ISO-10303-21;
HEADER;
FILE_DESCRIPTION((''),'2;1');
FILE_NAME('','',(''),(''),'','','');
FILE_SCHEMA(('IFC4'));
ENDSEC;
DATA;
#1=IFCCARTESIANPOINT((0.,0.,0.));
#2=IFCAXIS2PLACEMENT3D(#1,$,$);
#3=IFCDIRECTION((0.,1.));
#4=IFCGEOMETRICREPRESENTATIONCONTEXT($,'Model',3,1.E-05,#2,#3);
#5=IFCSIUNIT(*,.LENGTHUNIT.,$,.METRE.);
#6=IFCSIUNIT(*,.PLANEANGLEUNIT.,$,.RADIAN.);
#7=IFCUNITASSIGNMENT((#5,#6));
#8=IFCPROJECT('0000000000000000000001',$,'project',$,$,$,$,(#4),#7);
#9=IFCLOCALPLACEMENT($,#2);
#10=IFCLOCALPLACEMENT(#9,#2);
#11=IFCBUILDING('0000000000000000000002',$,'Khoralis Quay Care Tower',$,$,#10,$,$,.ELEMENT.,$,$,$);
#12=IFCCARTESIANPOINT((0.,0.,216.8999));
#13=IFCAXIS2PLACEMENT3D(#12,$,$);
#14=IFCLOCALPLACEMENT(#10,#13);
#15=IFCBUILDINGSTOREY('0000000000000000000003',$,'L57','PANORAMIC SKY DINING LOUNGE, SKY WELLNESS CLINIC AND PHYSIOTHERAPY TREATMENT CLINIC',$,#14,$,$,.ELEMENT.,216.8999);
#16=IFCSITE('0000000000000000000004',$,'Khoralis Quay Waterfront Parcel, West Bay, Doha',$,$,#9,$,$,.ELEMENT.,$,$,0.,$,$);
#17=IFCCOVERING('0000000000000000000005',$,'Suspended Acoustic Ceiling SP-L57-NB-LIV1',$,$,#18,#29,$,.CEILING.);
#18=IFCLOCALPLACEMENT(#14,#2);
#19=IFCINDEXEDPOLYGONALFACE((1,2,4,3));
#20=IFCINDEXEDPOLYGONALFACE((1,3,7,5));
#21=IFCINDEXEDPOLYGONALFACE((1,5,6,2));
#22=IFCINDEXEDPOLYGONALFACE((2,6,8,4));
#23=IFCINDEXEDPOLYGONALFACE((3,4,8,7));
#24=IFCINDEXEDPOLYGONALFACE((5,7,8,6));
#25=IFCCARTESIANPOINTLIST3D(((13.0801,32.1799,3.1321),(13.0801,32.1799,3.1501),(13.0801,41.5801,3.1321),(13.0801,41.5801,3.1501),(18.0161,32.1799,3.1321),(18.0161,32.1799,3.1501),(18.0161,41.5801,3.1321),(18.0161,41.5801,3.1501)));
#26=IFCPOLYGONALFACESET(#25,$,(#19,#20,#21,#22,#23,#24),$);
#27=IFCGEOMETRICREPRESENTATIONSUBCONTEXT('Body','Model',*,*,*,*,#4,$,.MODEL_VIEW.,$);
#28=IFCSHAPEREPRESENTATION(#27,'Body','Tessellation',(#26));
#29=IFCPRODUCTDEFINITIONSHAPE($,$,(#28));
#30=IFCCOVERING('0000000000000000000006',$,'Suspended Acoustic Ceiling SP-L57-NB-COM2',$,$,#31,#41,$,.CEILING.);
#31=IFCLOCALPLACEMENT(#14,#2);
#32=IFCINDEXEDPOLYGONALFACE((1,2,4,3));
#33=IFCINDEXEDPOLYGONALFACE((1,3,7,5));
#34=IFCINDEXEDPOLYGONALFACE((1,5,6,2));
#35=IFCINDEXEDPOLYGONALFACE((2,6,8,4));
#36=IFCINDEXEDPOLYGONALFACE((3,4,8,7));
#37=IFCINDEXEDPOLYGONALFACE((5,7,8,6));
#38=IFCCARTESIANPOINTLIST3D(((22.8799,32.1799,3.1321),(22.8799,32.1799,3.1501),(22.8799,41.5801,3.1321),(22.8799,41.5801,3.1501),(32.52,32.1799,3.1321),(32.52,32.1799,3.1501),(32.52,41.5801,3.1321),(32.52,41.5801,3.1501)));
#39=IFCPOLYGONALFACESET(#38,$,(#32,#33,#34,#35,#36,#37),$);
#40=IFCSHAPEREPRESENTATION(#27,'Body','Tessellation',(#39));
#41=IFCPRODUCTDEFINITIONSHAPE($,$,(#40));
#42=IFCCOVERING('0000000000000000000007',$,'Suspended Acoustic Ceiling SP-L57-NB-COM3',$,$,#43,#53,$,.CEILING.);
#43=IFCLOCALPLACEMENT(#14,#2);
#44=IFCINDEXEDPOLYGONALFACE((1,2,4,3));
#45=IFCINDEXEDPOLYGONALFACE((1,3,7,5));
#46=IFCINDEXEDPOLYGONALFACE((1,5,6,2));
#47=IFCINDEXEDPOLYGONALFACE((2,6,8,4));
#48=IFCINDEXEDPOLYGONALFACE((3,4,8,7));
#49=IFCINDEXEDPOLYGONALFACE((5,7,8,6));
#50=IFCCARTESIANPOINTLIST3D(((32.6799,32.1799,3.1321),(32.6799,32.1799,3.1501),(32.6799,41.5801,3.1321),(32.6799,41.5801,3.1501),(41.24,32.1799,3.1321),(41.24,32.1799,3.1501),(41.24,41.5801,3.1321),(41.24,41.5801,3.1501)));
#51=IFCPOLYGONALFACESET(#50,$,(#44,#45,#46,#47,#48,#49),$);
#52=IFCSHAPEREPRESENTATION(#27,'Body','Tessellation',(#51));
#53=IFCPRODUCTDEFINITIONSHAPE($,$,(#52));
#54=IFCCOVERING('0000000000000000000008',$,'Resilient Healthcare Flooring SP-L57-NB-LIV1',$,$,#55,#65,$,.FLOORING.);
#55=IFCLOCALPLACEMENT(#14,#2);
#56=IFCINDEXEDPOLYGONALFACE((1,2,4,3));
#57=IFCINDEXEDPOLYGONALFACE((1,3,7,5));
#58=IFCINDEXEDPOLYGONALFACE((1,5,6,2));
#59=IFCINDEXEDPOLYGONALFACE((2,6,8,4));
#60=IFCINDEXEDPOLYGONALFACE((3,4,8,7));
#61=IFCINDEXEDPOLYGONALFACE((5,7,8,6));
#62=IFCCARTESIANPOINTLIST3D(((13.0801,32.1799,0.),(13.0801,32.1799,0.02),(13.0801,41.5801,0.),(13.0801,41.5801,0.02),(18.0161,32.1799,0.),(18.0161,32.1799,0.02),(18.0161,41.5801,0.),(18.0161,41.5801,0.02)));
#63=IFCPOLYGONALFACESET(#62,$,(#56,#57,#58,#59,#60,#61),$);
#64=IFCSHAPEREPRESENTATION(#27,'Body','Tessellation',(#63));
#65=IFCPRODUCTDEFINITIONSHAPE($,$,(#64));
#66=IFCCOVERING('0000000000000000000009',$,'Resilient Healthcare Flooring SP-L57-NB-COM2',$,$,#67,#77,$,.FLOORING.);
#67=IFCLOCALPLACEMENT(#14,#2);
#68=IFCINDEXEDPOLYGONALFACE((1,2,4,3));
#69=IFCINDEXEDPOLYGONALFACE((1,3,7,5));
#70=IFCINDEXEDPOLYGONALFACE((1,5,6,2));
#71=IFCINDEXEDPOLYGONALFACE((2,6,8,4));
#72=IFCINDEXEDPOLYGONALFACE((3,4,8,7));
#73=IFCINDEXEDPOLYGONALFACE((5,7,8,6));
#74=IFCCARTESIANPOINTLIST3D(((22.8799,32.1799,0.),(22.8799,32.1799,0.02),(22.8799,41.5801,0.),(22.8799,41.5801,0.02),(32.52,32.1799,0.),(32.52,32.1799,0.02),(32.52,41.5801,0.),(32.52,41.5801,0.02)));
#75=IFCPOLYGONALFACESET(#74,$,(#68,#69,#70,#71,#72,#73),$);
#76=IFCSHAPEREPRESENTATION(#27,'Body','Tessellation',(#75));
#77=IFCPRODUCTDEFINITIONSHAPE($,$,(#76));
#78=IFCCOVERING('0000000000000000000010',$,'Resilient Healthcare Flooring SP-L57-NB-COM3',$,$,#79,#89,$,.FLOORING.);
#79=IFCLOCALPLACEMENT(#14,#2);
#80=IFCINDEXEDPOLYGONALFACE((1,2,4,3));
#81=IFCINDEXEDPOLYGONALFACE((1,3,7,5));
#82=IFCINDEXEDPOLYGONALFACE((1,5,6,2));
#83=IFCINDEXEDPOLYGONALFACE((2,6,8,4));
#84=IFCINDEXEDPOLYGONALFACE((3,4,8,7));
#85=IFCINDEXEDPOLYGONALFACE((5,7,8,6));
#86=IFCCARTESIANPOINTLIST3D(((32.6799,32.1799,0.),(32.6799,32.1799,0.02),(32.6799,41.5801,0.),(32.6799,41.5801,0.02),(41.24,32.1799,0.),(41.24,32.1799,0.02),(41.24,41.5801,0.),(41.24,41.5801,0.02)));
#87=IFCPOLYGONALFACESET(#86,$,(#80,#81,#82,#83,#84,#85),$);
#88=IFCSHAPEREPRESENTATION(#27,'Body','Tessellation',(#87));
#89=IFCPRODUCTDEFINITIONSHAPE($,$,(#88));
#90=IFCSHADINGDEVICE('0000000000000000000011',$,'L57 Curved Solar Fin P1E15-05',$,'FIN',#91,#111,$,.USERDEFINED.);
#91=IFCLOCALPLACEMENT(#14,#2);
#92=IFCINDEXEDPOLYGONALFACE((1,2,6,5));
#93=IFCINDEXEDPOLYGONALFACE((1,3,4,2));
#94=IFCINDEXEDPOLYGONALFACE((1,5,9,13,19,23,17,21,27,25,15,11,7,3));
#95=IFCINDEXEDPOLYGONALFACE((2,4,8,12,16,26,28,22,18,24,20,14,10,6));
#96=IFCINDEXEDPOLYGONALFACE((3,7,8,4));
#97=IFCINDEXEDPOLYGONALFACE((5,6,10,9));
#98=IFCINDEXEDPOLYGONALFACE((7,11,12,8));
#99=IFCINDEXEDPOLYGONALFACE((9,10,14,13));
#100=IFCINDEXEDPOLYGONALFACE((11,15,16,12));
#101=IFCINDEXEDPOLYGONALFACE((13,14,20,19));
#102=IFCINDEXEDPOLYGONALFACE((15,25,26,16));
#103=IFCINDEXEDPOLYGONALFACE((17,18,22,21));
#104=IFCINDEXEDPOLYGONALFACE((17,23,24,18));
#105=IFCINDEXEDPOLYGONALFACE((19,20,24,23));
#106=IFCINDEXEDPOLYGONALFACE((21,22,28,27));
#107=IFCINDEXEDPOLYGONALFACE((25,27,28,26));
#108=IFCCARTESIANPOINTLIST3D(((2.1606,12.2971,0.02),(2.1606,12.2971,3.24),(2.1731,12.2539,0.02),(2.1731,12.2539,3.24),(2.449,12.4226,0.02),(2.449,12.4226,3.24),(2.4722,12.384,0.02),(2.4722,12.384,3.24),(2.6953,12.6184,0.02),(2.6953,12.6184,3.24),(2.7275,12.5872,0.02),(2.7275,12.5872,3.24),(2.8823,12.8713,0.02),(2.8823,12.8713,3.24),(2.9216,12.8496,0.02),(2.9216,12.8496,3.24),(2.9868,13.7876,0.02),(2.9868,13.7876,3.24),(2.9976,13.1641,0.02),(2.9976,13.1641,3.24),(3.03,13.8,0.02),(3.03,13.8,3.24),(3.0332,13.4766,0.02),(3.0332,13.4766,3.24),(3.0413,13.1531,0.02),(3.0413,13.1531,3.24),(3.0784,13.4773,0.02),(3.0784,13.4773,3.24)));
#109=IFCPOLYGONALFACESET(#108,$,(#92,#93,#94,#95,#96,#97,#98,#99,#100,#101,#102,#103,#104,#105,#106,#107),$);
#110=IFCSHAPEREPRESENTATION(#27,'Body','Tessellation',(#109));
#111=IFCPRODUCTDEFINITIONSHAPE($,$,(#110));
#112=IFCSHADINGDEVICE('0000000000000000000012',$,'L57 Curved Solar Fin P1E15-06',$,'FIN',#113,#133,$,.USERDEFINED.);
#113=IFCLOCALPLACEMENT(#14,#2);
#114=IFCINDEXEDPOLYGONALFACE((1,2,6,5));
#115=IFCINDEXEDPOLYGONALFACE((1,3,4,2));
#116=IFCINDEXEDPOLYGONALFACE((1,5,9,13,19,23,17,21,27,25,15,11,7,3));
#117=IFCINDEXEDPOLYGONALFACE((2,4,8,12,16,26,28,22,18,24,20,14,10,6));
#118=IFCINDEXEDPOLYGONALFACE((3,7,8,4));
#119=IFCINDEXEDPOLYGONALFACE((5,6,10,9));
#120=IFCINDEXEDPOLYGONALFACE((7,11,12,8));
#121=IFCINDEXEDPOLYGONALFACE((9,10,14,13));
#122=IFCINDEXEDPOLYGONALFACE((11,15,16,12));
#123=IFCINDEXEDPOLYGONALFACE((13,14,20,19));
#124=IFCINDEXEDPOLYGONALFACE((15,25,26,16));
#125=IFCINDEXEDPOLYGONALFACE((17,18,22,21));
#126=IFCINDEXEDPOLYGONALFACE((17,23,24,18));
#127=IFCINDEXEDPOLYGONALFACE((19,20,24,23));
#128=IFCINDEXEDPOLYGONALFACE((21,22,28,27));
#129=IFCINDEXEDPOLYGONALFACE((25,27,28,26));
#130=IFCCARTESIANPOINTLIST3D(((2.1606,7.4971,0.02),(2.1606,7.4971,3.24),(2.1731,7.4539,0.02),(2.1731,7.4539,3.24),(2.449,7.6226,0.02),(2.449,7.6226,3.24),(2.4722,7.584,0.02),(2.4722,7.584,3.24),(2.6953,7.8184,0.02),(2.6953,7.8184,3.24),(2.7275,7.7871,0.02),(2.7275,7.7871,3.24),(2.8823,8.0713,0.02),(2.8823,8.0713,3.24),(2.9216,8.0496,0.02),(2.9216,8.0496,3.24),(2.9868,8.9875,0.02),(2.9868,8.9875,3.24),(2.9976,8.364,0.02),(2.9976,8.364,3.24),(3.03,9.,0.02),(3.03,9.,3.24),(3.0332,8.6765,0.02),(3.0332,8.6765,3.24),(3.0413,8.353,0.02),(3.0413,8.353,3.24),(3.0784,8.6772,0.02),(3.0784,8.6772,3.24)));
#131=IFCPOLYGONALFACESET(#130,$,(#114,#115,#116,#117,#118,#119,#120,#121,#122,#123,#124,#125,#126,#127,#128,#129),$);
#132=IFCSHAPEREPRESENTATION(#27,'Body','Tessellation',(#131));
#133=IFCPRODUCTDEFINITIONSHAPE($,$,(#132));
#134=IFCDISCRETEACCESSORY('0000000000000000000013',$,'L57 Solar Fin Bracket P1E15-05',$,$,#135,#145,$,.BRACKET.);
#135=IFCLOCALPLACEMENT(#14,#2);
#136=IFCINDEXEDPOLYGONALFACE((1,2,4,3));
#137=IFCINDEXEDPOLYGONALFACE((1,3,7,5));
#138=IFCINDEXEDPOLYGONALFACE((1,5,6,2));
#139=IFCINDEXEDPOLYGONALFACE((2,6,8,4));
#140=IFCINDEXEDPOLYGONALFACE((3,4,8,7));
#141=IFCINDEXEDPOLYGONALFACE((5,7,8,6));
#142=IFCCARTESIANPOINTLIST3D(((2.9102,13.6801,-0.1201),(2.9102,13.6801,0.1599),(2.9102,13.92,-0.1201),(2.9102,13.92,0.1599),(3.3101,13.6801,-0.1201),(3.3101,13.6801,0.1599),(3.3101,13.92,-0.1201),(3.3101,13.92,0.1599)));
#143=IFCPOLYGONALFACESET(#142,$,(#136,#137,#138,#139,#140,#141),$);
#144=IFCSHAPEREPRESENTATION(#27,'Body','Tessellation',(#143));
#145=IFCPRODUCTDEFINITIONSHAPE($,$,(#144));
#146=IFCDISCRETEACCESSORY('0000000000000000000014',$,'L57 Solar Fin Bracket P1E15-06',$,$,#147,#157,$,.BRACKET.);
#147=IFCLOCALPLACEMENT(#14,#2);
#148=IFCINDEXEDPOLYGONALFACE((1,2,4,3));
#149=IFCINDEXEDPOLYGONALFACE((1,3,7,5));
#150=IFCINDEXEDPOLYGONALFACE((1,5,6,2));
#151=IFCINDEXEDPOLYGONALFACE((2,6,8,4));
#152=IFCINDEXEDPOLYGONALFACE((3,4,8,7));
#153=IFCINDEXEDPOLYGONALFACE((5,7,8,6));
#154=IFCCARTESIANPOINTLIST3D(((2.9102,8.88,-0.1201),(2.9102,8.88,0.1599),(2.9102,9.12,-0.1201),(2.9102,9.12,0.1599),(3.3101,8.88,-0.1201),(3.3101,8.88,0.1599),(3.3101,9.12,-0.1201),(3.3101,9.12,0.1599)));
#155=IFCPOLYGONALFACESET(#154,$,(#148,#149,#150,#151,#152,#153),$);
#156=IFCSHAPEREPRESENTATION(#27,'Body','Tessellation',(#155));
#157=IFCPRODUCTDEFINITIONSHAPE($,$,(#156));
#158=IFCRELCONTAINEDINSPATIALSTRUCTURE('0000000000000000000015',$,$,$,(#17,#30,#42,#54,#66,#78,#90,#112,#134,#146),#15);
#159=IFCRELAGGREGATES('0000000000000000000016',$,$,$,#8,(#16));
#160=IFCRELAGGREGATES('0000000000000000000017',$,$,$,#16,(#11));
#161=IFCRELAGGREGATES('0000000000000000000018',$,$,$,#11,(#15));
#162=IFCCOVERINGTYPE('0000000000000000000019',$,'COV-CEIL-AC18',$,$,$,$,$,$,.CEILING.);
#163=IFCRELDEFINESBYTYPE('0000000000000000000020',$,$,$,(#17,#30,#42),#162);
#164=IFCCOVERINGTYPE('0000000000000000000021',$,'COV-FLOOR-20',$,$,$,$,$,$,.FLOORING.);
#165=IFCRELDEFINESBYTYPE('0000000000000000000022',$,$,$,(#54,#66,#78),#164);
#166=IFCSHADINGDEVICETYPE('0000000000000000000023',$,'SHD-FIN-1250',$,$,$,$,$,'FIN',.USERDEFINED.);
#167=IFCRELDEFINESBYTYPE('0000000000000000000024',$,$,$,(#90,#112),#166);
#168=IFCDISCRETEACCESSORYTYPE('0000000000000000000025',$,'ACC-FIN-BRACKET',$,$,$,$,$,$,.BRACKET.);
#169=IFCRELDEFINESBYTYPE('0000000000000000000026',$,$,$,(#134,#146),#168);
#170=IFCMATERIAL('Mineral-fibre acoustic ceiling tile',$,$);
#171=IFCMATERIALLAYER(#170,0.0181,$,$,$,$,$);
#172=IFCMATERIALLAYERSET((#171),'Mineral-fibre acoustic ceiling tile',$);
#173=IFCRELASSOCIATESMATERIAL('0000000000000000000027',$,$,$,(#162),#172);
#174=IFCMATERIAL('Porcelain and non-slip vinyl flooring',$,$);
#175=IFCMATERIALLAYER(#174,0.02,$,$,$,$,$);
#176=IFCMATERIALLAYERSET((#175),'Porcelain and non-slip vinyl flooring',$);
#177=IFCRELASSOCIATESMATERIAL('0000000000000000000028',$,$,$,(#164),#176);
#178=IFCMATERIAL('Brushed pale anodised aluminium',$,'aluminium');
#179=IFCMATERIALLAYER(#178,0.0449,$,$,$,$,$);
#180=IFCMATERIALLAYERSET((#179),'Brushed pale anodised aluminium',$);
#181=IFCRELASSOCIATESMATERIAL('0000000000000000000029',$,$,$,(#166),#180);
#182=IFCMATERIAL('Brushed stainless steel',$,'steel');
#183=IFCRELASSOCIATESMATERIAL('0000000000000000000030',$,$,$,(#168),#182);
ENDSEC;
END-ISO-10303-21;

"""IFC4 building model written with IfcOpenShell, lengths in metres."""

from ifc_helpers import new_model, si_unit, direction, frame, origin, origin_2d, place, context, subcontext, project, spatial, polyline, rectangle, outline, extrude, source, transform, mapped, material, layer, layer_set, type_object, element, save


model = new_model("IFC4")

# Units and contexts
model_context = context("Model", 3, precision=1e-05, world=origin(), true_north=direction((0.0, 1.0)))
body_context = subcontext(model_context, "Body", "Model", "MODEL_VIEW")
ifc_project = project(units=[si_unit("LENGTHUNIT", "METRE"), si_unit("PLANEANGLEUNIT", "RADIAN")], contexts=[model_context])

# Site, building, storey
site_placement = place(None, origin())
site = spatial("IfcSite", under=ifc_project, at=site_placement, Name="Khoralis Quay Waterfront Parcel, West Bay, Doha", CompositionType="ELEMENT", RefElevation=0.0)
building_placement = place(site_placement, origin())
building = spatial("IfcBuilding", under=site, at=building_placement, Name="Khoralis Quay Care Tower", CompositionType="ELEMENT")
storey_placement = place(building_placement, frame((0.0, 0.0, 216.8999)))
storey = spatial("IfcBuildingStorey", under=building, at=storey_placement, Name="L57", Description="PANORAMIC SKY DINING LOUNGE, SKY WELLNESS CLINIC AND PHYSIOTHERAPY TREATMENT CLINIC", CompositionType="ELEMENT", Elevation=216.8999)

# Coverings
ifc_material_1 = material(Name="Mineral-fibre acoustic ceiling tile")
ifc_layer_1 = layer(ifc_material_1, 0.0181)
ifc_layer_set_1 = layer_set([ifc_layer_1], Name="Mineral-fibre acoustic ceiling tile")
covering_type_1 = type_object("IfcCoveringType", Name="COV-CEIL-AC18", PredefinedType="CEILING", material=ifc_layer_set_1)
covering_1_placement = place(storey_placement, frame((0.0, 0.0, 3.1321)))
element("IfcCovering", 1, at=covering_1_placement, inside=storey, type_object=covering_type_1, Name="Suspended Acoustic Ceiling SP-L57-NB-LIV1", PredefinedType="CEILING", context=body_context, shape_type="SweptSolid", body=[
    extrude(outline(polyline([(13.0801, 32.1799), (18.0161, 32.1799), (18.0161, 41.5801), (13.0801, 41.5801), (13.0801, 32.1799)])), origin(), (0.0, 0.0, 1.0), 0.0181),
])
covering_2_placement = place(storey_placement, frame((0.0, 0.0, 3.1321)))
element("IfcCovering", 2, at=covering_2_placement, inside=storey, type_object=covering_type_1, Name="Suspended Acoustic Ceiling SP-L57-NB-COM2", PredefinedType="CEILING", context=body_context, shape_type="SweptSolid", body=[
    extrude(outline(polyline([(22.8799, 32.1799), (32.52, 32.1799), (32.52, 41.5801), (22.8799, 41.5801), (22.8799, 32.1799)])), origin(), (0.0, 0.0, 1.0), 0.0181),
])
covering_3_placement = place(storey_placement, frame((0.0, 0.0, 3.1321)))
element("IfcCovering", 3, at=covering_3_placement, inside=storey, type_object=covering_type_1, Name="Suspended Acoustic Ceiling SP-L57-NB-COM3", PredefinedType="CEILING", context=body_context, shape_type="SweptSolid", body=[
    extrude(outline(polyline([(32.6799, 32.1799), (41.24, 32.1799), (41.24, 41.5801), (32.6799, 41.5801), (32.6799, 32.1799)])), origin(), (0.0, 0.0, 1.0), 0.0181),
])
ifc_material_2 = material(Name="Porcelain and non-slip vinyl flooring")
ifc_layer_2 = layer(ifc_material_2, 0.02)
ifc_layer_set_2 = layer_set([ifc_layer_2], Name="Porcelain and non-slip vinyl flooring")
covering_type_2 = type_object("IfcCoveringType", Name="COV-FLOOR-20", PredefinedType="FLOORING", material=ifc_layer_set_2)
covering_4_placement = place(storey_placement, origin())
element("IfcCovering", 4, at=covering_4_placement, inside=storey, type_object=covering_type_2, Name="Resilient Healthcare Flooring SP-L57-NB-LIV1", PredefinedType="FLOORING", context=body_context, shape_type="SweptSolid", body=[
    extrude(outline(polyline([(13.0801, 32.1799), (18.0161, 32.1799), (18.0161, 41.5801), (13.0801, 41.5801), (13.0801, 32.1799)])), origin(), (0.0, 0.0, 1.0), 0.02),
])
covering_5_placement = place(storey_placement, origin())
element("IfcCovering", 5, at=covering_5_placement, inside=storey, type_object=covering_type_2, Name="Resilient Healthcare Flooring SP-L57-NB-COM2", PredefinedType="FLOORING", context=body_context, shape_type="SweptSolid", body=[
    extrude(outline(polyline([(22.8799, 32.1799), (32.52, 32.1799), (32.52, 41.5801), (22.8799, 41.5801), (22.8799, 32.1799)])), origin(), (0.0, 0.0, 1.0), 0.02),
])
covering_6_placement = place(storey_placement, origin())
element("IfcCovering", 6, at=covering_6_placement, inside=storey, type_object=covering_type_2, Name="Resilient Healthcare Flooring SP-L57-NB-COM3", PredefinedType="FLOORING", context=body_context, shape_type="SweptSolid", body=[
    extrude(outline(polyline([(32.6799, 32.1799), (41.24, 32.1799), (41.24, 41.5801), (32.6799, 41.5801), (32.6799, 32.1799)])), origin(), (0.0, 0.0, 1.0), 0.02),
])

# Shading devices
ifc_material_3 = material(Name="Brushed pale anodised aluminium", Category="aluminium")
ifc_layer_3 = layer(ifc_material_3, 0.0449)
ifc_layer_set_3 = layer_set([ifc_layer_3], Name="Brushed pale anodised aluminium")
shading_device_type = type_object("IfcShadingDeviceType", Name="SHD-FIN-1250", ElementType="FIN", PredefinedType="USERDEFINED", material=ifc_layer_set_3)
shared_shape_1 = source(origin(), body_context, "Body", "SweptSolid", [
    extrude(outline(polyline([(0.0, 0.0), (-0.0483, 0.3228), (-0.0112, 0.647), (0.1084, 0.9504), (0.3025, 1.2129), (0.5579, 1.416), (0.8569, 1.5461), (0.8694, 1.5029), (0.5811, 1.3774), (0.3347, 1.1816), (0.1477, 0.9287), (0.0325, 0.636), (-0.0032, 0.3235), (0.0432, 0.0125), (0.0, 0.0)])), origin(), (0.0, 0.0, 1.0), 3.22),
])
for number, where, z_axis, x_axis, name in (
    (7, (3.03, 13.8, 0.02), (0.0, 0.0, 1.0), (-1.0, 0.0, 0.0), "L57 Curved Solar Fin P1E15-05"),
    (8, (3.03, 9.0, 0.02), (0.0, 0.0, 1.0), (-1.0, 0.0, 0.0), "L57 Curved Solar Fin P1E15-06"),
):
    element("IfcShadingDevice", number, at=place(storey_placement, frame(where, z_axis=z_axis, x_axis=x_axis)), inside=storey, type_object=shading_device_type, Name=name, ObjectType="FIN", PredefinedType="USERDEFINED", context=body_context, shape_type="MappedRepresentation", body=[
        mapped(shared_shape_1, transform((0.0, 0.0, 0.0), scale=1.0)),
    ])

# Discrete accessories
ifc_material_4 = material(Name="Brushed stainless steel", Category="steel")
discrete_accessory_type = type_object("IfcDiscreteAccessoryType", Name="ACC-FIN-BRACKET", PredefinedType="BRACKET", material=ifc_material_4)
shared_shape_2 = source(origin(), body_context, "Body", "SweptSolid", [
    extrude(rectangle(XDim=0.3999, YDim=0.24, at=origin_2d()), origin(), (0.0, 0.0, 1.0), 0.28),
])
for number, where, z_axis, x_axis, name in (
    (9, (3.1101, 13.8, -0.1201), (0.0, 0.0, 1.0), (-1.0, 0.0, 0.0), "L57 Solar Fin Bracket P1E15-05"),
    (10, (3.1101, 9.0, -0.1201), (0.0, 0.0, 1.0), (-1.0, 0.0, 0.0), "L57 Solar Fin Bracket P1E15-06"),
):
    element("IfcDiscreteAccessory", number, at=place(storey_placement, frame(where, z_axis=z_axis, x_axis=x_axis)), inside=storey, type_object=discrete_accessory_type, Name=name, PredefinedType="BRACKET", context=body_context, shape_type="MappedRepresentation", body=[
        mapped(shared_shape_2, transform((0.0, 0.0, 0.0), scale=1.0)),
    ])

save(model, "model.ifc")
